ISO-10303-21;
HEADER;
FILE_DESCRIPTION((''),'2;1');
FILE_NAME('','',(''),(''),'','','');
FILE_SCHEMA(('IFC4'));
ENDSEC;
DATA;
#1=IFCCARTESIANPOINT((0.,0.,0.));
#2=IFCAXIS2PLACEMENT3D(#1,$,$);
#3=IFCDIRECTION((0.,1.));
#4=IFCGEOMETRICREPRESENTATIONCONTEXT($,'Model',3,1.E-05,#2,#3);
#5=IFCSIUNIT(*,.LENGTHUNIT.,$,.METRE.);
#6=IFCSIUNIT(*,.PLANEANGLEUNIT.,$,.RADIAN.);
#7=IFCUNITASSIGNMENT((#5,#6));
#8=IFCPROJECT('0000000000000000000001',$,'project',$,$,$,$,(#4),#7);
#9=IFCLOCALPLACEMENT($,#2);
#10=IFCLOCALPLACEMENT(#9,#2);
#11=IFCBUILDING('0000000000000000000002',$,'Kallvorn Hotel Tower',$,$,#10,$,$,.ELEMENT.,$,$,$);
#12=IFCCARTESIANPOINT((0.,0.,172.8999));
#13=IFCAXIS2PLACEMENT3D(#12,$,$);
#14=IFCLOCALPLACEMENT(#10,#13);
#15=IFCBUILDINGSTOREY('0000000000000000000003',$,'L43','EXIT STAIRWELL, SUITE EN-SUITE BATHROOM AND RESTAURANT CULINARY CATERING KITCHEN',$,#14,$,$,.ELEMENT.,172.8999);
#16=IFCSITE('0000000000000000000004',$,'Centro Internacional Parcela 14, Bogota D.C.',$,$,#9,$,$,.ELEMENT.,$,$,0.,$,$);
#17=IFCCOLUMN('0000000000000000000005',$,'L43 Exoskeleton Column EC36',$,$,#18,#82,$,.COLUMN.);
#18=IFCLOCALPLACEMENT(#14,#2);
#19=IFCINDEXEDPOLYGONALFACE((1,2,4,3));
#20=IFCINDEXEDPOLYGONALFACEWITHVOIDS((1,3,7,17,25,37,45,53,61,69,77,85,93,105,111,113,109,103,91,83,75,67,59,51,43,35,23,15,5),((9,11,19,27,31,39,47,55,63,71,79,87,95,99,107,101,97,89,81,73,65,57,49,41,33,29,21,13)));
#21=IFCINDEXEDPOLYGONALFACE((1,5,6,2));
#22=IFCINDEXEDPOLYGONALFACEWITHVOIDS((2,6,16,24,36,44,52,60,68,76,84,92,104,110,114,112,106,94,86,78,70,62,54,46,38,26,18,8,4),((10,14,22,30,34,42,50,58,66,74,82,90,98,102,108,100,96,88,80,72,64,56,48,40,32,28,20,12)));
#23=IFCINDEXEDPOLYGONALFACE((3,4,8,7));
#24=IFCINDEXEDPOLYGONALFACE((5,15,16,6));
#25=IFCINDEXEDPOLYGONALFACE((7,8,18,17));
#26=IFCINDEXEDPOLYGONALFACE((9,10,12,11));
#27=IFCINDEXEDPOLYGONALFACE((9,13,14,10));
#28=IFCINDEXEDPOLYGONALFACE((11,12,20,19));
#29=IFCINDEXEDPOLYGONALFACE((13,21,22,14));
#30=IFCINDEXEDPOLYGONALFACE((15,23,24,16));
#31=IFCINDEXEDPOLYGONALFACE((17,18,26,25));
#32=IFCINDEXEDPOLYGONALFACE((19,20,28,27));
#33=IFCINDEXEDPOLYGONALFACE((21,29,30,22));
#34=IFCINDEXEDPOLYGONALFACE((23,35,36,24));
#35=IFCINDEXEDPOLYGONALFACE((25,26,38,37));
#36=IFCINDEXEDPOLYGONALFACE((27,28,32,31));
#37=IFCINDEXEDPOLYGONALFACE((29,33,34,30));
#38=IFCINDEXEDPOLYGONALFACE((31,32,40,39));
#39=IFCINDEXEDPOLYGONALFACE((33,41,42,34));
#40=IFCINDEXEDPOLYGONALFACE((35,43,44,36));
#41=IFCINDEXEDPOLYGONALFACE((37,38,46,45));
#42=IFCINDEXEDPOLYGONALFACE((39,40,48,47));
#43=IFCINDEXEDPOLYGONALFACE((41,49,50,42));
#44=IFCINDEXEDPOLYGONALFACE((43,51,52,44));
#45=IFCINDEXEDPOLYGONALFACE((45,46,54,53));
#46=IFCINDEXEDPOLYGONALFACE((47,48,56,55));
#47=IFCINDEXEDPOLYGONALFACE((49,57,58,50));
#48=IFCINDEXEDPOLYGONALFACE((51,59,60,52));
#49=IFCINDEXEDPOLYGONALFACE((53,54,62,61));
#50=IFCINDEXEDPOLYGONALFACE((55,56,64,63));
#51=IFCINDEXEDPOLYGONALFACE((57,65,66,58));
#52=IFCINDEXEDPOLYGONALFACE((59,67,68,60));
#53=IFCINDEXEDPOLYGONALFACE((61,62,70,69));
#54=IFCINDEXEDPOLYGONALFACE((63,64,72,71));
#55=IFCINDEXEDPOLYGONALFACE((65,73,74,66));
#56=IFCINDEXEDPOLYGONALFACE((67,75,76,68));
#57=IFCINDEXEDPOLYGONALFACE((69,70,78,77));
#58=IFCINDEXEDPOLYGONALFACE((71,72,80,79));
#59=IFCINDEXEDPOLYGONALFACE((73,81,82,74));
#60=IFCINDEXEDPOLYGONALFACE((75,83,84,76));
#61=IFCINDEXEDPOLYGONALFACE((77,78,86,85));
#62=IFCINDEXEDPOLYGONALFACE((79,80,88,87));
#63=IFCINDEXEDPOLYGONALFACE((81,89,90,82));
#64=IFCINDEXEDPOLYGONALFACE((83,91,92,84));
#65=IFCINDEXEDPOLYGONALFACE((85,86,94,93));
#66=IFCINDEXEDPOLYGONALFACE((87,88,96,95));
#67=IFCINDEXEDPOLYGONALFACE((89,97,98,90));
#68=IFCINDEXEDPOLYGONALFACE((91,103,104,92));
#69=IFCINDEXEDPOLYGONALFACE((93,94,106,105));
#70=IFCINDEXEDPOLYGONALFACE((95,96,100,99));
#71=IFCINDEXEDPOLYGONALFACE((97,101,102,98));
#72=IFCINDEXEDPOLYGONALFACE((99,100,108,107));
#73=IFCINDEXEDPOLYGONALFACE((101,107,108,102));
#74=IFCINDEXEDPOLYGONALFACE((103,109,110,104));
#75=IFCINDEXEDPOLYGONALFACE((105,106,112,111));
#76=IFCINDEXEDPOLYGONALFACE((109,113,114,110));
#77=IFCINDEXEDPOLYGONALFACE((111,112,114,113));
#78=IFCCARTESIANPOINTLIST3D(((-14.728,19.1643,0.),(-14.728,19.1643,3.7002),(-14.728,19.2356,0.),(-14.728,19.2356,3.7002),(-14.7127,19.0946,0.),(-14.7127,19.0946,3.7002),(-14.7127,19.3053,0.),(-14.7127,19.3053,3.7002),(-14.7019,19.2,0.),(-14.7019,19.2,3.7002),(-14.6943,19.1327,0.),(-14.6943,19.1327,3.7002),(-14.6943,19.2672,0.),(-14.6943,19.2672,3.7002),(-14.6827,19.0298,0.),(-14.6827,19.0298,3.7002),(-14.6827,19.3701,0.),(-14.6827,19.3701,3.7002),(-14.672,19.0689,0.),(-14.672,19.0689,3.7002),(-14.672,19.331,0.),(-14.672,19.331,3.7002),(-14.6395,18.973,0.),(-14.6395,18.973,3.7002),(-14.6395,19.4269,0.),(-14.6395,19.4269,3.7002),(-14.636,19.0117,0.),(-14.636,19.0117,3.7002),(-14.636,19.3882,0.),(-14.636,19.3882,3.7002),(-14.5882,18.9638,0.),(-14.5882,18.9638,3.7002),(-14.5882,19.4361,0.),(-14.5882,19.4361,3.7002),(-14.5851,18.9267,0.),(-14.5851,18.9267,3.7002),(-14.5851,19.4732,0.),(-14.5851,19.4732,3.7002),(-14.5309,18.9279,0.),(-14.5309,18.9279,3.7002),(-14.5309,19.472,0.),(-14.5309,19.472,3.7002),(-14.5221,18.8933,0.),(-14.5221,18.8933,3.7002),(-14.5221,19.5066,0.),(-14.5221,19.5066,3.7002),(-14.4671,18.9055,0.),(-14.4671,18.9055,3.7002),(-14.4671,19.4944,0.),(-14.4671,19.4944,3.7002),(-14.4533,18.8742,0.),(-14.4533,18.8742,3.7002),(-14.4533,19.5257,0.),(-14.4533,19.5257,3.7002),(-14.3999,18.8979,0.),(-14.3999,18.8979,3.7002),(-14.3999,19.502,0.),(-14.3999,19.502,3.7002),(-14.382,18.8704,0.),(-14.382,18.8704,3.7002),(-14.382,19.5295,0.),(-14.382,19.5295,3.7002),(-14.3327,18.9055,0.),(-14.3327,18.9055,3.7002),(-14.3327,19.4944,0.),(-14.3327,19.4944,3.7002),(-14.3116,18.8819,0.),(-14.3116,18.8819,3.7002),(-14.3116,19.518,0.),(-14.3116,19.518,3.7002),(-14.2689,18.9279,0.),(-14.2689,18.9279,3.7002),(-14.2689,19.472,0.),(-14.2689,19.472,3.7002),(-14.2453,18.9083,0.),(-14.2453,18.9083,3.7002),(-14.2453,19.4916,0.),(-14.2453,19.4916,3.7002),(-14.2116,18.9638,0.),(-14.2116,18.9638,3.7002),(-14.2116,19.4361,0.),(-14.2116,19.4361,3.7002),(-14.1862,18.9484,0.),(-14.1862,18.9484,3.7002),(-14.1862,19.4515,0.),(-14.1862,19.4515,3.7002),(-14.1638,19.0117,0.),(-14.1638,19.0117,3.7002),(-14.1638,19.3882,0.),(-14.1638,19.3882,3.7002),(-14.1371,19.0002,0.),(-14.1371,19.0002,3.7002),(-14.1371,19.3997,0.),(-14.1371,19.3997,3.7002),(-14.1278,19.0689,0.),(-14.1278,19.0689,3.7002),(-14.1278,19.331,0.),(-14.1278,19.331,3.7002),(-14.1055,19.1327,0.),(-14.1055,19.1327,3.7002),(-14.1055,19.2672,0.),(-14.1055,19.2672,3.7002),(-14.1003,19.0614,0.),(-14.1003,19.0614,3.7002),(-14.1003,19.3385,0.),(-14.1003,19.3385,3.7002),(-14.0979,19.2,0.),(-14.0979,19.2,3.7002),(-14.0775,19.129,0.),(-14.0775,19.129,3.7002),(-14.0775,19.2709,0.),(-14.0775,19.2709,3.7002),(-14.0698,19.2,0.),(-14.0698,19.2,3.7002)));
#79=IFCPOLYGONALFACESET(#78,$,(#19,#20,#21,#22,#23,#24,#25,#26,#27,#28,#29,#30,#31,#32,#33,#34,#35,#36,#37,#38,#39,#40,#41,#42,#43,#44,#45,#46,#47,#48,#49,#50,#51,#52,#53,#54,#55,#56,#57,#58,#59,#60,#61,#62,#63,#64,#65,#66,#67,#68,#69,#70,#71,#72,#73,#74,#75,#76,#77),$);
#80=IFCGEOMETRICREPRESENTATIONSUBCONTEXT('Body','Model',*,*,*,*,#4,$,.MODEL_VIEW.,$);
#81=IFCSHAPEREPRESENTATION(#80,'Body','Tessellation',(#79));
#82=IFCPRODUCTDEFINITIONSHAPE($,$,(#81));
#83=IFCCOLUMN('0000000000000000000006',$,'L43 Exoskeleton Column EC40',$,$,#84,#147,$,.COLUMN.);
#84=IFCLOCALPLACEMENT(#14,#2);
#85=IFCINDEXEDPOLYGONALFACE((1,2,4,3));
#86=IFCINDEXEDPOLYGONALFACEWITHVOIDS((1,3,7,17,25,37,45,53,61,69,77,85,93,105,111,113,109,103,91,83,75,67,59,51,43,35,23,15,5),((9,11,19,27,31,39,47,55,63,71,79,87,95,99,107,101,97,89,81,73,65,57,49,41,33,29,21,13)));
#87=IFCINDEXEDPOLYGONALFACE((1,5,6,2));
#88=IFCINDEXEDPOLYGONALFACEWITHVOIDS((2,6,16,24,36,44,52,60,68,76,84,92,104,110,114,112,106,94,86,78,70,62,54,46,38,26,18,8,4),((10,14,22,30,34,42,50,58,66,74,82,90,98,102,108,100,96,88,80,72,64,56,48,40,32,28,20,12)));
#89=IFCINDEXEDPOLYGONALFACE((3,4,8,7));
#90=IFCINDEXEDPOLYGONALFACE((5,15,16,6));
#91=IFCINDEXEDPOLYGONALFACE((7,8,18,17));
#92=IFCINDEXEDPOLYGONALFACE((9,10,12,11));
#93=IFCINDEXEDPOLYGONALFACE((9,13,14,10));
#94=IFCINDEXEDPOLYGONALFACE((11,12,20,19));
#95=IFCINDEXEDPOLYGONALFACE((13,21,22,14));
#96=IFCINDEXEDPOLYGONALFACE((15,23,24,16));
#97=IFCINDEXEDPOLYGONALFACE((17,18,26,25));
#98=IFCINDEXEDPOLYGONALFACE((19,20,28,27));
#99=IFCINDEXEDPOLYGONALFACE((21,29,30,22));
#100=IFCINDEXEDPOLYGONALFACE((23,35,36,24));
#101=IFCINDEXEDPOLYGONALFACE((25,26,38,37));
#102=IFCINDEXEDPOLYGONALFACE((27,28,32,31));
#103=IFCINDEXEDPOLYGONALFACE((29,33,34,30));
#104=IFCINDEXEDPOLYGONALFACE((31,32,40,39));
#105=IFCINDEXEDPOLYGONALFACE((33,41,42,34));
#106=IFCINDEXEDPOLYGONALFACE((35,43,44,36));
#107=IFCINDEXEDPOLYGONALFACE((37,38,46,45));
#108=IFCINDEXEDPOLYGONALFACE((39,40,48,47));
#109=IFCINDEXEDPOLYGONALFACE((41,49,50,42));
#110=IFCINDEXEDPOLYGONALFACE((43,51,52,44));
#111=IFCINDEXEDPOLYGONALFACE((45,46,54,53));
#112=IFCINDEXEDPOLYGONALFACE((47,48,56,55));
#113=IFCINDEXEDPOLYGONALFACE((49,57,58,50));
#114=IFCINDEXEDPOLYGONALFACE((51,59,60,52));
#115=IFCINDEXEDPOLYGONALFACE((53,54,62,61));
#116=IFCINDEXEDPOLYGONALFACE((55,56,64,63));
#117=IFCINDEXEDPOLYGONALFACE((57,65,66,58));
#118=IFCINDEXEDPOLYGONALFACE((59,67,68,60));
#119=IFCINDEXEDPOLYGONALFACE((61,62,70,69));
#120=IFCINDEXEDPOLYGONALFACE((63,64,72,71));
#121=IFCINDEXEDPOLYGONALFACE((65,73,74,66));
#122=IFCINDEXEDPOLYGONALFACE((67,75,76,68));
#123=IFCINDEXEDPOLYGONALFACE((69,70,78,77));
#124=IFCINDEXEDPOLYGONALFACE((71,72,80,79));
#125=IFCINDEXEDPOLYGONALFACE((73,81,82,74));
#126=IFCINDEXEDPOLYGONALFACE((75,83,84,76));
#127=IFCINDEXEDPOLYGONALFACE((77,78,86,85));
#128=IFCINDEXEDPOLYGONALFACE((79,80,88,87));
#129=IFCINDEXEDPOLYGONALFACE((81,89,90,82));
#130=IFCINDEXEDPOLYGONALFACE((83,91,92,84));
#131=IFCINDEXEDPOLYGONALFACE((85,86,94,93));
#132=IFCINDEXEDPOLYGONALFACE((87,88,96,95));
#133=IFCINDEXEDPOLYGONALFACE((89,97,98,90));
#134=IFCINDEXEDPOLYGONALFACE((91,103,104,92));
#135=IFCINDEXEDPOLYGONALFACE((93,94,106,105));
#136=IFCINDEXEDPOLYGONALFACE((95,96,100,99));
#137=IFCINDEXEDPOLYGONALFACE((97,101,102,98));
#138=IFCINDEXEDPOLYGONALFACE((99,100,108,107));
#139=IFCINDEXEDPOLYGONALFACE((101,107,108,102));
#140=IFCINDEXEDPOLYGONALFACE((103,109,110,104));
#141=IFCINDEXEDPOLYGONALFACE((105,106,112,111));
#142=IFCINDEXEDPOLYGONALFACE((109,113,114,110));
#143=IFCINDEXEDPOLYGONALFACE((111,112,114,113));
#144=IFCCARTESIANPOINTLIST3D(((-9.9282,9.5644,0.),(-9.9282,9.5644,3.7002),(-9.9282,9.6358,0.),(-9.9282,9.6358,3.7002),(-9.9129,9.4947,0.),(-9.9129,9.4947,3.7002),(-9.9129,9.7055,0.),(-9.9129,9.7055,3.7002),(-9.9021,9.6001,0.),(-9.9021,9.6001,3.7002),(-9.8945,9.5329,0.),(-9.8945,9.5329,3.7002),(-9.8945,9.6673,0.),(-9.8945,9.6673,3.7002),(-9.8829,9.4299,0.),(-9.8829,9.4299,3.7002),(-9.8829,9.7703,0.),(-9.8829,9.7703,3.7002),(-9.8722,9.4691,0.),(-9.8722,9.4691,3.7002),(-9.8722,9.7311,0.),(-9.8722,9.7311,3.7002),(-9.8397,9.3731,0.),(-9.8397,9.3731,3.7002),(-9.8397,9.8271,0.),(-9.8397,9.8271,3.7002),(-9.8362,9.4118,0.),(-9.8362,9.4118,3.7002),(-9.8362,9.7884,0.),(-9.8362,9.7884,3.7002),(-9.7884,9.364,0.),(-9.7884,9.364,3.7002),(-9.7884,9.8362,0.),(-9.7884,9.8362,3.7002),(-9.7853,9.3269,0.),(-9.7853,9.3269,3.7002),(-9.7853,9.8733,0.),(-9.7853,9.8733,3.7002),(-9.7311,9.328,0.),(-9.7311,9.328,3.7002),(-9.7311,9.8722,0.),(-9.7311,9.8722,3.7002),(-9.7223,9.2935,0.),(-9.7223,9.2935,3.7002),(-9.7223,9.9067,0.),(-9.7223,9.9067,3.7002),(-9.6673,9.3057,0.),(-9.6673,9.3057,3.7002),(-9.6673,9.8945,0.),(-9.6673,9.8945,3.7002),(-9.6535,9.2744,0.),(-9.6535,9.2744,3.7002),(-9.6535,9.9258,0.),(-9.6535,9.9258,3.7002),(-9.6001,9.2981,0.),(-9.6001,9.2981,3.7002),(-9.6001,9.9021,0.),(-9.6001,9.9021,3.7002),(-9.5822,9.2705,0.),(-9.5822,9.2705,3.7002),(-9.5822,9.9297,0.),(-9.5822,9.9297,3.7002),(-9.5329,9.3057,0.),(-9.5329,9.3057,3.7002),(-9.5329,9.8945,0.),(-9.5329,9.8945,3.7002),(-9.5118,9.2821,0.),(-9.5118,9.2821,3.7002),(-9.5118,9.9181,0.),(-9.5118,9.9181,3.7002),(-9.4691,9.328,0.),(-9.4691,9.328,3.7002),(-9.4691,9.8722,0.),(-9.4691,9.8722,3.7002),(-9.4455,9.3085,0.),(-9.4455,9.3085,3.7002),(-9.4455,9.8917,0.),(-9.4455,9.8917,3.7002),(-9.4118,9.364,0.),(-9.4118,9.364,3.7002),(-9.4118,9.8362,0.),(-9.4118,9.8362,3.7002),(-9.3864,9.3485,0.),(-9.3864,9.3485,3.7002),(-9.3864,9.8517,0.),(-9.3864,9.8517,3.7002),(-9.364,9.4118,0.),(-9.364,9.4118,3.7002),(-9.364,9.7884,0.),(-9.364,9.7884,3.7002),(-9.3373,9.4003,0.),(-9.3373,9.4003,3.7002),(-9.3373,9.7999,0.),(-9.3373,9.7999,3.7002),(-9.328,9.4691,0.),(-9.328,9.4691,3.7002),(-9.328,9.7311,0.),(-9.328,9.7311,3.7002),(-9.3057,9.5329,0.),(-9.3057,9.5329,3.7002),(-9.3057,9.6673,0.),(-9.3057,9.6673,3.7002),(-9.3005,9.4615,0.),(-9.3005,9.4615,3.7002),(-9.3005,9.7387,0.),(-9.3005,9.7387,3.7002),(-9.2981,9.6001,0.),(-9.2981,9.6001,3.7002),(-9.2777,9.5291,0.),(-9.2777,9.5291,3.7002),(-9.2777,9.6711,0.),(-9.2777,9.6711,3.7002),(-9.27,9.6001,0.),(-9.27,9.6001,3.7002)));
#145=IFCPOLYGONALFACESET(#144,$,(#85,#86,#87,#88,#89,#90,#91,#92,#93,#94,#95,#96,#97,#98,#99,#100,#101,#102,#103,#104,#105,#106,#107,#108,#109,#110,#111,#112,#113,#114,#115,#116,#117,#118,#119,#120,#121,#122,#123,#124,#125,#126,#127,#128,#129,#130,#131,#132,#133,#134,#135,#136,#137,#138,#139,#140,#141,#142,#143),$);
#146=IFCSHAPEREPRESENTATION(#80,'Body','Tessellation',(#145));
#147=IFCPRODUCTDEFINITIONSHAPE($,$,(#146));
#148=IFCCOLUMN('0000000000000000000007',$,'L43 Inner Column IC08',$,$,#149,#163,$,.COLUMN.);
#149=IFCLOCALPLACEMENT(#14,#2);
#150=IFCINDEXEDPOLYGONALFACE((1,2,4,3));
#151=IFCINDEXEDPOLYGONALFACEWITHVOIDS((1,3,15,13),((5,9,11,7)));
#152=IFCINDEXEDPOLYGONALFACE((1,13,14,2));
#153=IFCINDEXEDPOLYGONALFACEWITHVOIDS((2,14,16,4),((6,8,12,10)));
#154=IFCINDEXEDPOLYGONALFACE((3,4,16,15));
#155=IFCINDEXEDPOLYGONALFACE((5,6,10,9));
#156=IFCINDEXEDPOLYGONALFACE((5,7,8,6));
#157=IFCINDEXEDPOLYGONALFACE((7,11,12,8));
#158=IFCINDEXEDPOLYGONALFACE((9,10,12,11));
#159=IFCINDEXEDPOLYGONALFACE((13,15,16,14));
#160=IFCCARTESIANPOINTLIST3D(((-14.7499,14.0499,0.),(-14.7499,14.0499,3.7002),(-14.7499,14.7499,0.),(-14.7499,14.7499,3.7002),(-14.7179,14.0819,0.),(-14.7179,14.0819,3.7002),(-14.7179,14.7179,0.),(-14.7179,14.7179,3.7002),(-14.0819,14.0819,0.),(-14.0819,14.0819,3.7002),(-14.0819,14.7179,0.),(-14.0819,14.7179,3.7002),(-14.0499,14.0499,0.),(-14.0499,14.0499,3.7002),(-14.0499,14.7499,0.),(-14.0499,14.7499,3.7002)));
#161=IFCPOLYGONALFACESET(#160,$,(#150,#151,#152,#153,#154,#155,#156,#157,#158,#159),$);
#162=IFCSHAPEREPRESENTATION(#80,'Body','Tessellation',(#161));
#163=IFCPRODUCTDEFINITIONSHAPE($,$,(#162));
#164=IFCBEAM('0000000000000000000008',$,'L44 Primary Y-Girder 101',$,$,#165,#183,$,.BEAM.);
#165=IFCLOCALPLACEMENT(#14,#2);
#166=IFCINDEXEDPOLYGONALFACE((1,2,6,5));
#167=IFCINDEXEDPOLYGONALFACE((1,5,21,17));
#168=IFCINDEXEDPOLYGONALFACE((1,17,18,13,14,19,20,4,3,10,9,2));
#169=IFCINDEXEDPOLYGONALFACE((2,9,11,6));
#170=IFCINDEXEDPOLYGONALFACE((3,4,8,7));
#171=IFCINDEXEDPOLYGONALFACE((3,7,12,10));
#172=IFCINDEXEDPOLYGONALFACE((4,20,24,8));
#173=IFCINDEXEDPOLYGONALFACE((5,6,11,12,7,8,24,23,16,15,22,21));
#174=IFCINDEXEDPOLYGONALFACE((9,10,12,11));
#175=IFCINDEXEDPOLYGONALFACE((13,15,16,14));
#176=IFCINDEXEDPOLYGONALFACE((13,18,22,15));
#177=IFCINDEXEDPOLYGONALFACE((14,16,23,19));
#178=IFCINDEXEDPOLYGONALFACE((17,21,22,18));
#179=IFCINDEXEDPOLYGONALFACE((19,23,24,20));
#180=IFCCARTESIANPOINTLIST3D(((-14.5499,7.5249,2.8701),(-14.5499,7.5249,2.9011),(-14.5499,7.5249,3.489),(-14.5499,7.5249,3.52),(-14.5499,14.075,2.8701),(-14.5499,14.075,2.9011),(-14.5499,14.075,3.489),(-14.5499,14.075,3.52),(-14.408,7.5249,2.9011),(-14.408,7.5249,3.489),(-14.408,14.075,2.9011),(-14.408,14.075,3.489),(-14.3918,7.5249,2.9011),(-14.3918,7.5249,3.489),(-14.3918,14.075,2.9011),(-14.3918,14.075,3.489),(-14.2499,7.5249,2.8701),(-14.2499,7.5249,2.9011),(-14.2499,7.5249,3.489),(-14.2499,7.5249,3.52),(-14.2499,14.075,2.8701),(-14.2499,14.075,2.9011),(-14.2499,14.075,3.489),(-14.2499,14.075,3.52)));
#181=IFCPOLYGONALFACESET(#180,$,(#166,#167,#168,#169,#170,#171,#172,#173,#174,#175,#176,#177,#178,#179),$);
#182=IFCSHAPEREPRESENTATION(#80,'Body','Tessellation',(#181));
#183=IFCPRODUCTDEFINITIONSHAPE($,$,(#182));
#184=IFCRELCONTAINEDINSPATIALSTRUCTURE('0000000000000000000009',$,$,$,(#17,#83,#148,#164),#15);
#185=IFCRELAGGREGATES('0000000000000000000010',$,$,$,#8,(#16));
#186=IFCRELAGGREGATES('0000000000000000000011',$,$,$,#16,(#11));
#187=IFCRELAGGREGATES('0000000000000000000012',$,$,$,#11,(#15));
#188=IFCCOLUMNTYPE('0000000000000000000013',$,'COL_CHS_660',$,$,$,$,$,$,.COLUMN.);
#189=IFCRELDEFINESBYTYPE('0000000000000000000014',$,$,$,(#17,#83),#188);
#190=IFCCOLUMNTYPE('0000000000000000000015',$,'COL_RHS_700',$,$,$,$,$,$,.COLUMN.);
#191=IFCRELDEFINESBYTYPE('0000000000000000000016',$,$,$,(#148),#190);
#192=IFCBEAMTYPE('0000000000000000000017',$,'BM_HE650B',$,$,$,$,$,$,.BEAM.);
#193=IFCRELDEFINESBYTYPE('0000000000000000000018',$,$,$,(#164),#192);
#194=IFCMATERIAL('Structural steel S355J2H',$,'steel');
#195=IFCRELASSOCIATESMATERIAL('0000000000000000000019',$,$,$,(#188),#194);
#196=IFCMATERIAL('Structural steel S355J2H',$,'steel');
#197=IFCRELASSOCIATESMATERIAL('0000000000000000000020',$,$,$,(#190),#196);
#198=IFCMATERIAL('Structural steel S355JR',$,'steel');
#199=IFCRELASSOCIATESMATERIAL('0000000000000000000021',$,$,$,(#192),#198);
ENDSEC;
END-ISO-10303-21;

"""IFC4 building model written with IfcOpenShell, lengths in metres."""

from ifc_helpers import new_model, si_unit, direction, frame, origin, origin_2d, place, context, subcontext, project, spatial, hollow_rectangle, hollow_circle, i_section, extrude, material, material_profile, profile_set, type_object, element, save


model = new_model("IFC4")

# Units and contexts
model_context = context("Model", 3, precision=1e-05, world=origin(), true_north=direction((0.0, 1.0)))
body_context = subcontext(model_context, "Body", "Model", "MODEL_VIEW")
ifc_project = project(units=[si_unit("LENGTHUNIT", "METRE"), si_unit("PLANEANGLEUNIT", "RADIAN")], contexts=[model_context])

# Site, building, storey
site_placement = place(None, origin())
site = spatial("IfcSite", under=ifc_project, at=site_placement, Name="Centro Internacional Parcela 14, Bogota D.C.", CompositionType="ELEMENT", RefElevation=0.0)
building_placement = place(site_placement, origin())
building = spatial("IfcBuilding", under=site, at=building_placement, Name="Kallvorn Hotel Tower", CompositionType="ELEMENT")
storey_placement = place(building_placement, frame((0.0, 0.0, 172.8999)))
storey = spatial("IfcBuildingStorey", under=building, at=storey_placement, Name="L43", Description="EXIT STAIRWELL, SUITE EN-SUITE BATHROOM AND RESTAURANT CULINARY CATERING KITCHEN", CompositionType="ELEMENT", Elevation=172.8999)

# Columns
ifc_material_1 = material(Name="Structural steel S355J2H", Category="steel")
ifc_material_profile_1 = material_profile(ifc_material_1, hollow_circle(Radius=0.3301, WallThickness=0.0281, at=origin_2d()), Name="CHS 660x28")
ifc_profile_set_1 = profile_set([ifc_material_profile_1], Name="Structural steel S355J2H")
column_type_1 = type_object("IfcColumnType", Name="COL_CHS_660", PredefinedType="COLUMN", material=ifc_profile_set_1)
for number, where, z_axis, x_axis, name in (
    (1, (-14.3999, 19.2, 0.0), (0.0, 0.0, 1.0), (1.0, 0.0, 0.0), "L43 Exoskeleton Column EC36"),
    (2, (-9.6001, 9.6001, 0.0), (0.0, 0.0, 1.0), (1.0, 0.0, 0.0), "L43 Exoskeleton Column EC40"),
):
    element("IfcColumn", number, at=place(storey_placement, frame(where, z_axis=z_axis, x_axis=x_axis)), inside=storey, type_object=column_type_1, Name=name, PredefinedType="COLUMN", context=body_context, shape_type="SweptSolid", body=[
        extrude(hollow_circle(Radius=0.3301, WallThickness=0.0281, at=origin_2d()), origin(), (0.0, 0.0, 1.0), 3.7002),
    ])
ifc_material_2 = material(Name="Structural steel S355J2H", Category="steel")
ifc_material_profile_2 = material_profile(ifc_material_2, hollow_rectangle(XDim=0.7, YDim=0.7, WallThickness=0.032, at=origin_2d()), Name="RHS 700x700x32")
ifc_profile_set_2 = profile_set([ifc_material_profile_2], Name="Structural steel S355J2H")
column_type_2 = type_object("IfcColumnType", Name="COL_RHS_700", PredefinedType="COLUMN", material=ifc_profile_set_2)
column_placement = place(storey_placement, frame((-14.3999, 14.3999, 0.0), z_axis=(0.0, 0.0, 1.0), x_axis=(1.0, 0.0, 0.0)))
element("IfcColumn", 3, at=column_placement, inside=storey, type_object=column_type_2, Name="L43 Inner Column IC08", PredefinedType="COLUMN", context=body_context, shape_type="SweptSolid", body=[
    extrude(hollow_rectangle(XDim=0.7, YDim=0.7, WallThickness=0.032, at=origin_2d()), origin(), (0.0, 0.0, 1.0), 3.7002),
])

# Beam
ifc_material_3 = material(Name="Structural steel S355JR", Category="steel")
ifc_material_profile_3 = material_profile(ifc_material_3, i_section(OverallWidth=0.3, OverallDepth=0.6499, WebThickness=0.0161, FlangeThickness=0.031, at=origin_2d()), Name="HE 650 B")
ifc_profile_set_3 = profile_set([ifc_material_profile_3], Name="Structural steel S355JR")
beam_type_1 = type_object("IfcBeamType", Name="BM_HE650B", PredefinedType="BEAM", material=ifc_profile_set_3)
beam_1_placement = place(storey_placement, frame((-14.3999, 7.5249, 3.1951), z_axis=(0.0, 1.0, 0.0), x_axis=(-1.0, 0.0, 0.0)))
element("IfcBeam", 4, at=beam_1_placement, inside=storey, type_object=beam_type_1, Name="L44 Primary Y-Girder 101", PredefinedType="BEAM", context=body_context, shape_type="SweptSolid", body=[
    extrude(i_section(OverallWidth=0.3, OverallDepth=0.6499, WebThickness=0.0161, FlangeThickness=0.031, at=origin_2d()), origin(), (0.0, 0.0, 1.0), 6.55),
])

save(model, "model.ifc")
